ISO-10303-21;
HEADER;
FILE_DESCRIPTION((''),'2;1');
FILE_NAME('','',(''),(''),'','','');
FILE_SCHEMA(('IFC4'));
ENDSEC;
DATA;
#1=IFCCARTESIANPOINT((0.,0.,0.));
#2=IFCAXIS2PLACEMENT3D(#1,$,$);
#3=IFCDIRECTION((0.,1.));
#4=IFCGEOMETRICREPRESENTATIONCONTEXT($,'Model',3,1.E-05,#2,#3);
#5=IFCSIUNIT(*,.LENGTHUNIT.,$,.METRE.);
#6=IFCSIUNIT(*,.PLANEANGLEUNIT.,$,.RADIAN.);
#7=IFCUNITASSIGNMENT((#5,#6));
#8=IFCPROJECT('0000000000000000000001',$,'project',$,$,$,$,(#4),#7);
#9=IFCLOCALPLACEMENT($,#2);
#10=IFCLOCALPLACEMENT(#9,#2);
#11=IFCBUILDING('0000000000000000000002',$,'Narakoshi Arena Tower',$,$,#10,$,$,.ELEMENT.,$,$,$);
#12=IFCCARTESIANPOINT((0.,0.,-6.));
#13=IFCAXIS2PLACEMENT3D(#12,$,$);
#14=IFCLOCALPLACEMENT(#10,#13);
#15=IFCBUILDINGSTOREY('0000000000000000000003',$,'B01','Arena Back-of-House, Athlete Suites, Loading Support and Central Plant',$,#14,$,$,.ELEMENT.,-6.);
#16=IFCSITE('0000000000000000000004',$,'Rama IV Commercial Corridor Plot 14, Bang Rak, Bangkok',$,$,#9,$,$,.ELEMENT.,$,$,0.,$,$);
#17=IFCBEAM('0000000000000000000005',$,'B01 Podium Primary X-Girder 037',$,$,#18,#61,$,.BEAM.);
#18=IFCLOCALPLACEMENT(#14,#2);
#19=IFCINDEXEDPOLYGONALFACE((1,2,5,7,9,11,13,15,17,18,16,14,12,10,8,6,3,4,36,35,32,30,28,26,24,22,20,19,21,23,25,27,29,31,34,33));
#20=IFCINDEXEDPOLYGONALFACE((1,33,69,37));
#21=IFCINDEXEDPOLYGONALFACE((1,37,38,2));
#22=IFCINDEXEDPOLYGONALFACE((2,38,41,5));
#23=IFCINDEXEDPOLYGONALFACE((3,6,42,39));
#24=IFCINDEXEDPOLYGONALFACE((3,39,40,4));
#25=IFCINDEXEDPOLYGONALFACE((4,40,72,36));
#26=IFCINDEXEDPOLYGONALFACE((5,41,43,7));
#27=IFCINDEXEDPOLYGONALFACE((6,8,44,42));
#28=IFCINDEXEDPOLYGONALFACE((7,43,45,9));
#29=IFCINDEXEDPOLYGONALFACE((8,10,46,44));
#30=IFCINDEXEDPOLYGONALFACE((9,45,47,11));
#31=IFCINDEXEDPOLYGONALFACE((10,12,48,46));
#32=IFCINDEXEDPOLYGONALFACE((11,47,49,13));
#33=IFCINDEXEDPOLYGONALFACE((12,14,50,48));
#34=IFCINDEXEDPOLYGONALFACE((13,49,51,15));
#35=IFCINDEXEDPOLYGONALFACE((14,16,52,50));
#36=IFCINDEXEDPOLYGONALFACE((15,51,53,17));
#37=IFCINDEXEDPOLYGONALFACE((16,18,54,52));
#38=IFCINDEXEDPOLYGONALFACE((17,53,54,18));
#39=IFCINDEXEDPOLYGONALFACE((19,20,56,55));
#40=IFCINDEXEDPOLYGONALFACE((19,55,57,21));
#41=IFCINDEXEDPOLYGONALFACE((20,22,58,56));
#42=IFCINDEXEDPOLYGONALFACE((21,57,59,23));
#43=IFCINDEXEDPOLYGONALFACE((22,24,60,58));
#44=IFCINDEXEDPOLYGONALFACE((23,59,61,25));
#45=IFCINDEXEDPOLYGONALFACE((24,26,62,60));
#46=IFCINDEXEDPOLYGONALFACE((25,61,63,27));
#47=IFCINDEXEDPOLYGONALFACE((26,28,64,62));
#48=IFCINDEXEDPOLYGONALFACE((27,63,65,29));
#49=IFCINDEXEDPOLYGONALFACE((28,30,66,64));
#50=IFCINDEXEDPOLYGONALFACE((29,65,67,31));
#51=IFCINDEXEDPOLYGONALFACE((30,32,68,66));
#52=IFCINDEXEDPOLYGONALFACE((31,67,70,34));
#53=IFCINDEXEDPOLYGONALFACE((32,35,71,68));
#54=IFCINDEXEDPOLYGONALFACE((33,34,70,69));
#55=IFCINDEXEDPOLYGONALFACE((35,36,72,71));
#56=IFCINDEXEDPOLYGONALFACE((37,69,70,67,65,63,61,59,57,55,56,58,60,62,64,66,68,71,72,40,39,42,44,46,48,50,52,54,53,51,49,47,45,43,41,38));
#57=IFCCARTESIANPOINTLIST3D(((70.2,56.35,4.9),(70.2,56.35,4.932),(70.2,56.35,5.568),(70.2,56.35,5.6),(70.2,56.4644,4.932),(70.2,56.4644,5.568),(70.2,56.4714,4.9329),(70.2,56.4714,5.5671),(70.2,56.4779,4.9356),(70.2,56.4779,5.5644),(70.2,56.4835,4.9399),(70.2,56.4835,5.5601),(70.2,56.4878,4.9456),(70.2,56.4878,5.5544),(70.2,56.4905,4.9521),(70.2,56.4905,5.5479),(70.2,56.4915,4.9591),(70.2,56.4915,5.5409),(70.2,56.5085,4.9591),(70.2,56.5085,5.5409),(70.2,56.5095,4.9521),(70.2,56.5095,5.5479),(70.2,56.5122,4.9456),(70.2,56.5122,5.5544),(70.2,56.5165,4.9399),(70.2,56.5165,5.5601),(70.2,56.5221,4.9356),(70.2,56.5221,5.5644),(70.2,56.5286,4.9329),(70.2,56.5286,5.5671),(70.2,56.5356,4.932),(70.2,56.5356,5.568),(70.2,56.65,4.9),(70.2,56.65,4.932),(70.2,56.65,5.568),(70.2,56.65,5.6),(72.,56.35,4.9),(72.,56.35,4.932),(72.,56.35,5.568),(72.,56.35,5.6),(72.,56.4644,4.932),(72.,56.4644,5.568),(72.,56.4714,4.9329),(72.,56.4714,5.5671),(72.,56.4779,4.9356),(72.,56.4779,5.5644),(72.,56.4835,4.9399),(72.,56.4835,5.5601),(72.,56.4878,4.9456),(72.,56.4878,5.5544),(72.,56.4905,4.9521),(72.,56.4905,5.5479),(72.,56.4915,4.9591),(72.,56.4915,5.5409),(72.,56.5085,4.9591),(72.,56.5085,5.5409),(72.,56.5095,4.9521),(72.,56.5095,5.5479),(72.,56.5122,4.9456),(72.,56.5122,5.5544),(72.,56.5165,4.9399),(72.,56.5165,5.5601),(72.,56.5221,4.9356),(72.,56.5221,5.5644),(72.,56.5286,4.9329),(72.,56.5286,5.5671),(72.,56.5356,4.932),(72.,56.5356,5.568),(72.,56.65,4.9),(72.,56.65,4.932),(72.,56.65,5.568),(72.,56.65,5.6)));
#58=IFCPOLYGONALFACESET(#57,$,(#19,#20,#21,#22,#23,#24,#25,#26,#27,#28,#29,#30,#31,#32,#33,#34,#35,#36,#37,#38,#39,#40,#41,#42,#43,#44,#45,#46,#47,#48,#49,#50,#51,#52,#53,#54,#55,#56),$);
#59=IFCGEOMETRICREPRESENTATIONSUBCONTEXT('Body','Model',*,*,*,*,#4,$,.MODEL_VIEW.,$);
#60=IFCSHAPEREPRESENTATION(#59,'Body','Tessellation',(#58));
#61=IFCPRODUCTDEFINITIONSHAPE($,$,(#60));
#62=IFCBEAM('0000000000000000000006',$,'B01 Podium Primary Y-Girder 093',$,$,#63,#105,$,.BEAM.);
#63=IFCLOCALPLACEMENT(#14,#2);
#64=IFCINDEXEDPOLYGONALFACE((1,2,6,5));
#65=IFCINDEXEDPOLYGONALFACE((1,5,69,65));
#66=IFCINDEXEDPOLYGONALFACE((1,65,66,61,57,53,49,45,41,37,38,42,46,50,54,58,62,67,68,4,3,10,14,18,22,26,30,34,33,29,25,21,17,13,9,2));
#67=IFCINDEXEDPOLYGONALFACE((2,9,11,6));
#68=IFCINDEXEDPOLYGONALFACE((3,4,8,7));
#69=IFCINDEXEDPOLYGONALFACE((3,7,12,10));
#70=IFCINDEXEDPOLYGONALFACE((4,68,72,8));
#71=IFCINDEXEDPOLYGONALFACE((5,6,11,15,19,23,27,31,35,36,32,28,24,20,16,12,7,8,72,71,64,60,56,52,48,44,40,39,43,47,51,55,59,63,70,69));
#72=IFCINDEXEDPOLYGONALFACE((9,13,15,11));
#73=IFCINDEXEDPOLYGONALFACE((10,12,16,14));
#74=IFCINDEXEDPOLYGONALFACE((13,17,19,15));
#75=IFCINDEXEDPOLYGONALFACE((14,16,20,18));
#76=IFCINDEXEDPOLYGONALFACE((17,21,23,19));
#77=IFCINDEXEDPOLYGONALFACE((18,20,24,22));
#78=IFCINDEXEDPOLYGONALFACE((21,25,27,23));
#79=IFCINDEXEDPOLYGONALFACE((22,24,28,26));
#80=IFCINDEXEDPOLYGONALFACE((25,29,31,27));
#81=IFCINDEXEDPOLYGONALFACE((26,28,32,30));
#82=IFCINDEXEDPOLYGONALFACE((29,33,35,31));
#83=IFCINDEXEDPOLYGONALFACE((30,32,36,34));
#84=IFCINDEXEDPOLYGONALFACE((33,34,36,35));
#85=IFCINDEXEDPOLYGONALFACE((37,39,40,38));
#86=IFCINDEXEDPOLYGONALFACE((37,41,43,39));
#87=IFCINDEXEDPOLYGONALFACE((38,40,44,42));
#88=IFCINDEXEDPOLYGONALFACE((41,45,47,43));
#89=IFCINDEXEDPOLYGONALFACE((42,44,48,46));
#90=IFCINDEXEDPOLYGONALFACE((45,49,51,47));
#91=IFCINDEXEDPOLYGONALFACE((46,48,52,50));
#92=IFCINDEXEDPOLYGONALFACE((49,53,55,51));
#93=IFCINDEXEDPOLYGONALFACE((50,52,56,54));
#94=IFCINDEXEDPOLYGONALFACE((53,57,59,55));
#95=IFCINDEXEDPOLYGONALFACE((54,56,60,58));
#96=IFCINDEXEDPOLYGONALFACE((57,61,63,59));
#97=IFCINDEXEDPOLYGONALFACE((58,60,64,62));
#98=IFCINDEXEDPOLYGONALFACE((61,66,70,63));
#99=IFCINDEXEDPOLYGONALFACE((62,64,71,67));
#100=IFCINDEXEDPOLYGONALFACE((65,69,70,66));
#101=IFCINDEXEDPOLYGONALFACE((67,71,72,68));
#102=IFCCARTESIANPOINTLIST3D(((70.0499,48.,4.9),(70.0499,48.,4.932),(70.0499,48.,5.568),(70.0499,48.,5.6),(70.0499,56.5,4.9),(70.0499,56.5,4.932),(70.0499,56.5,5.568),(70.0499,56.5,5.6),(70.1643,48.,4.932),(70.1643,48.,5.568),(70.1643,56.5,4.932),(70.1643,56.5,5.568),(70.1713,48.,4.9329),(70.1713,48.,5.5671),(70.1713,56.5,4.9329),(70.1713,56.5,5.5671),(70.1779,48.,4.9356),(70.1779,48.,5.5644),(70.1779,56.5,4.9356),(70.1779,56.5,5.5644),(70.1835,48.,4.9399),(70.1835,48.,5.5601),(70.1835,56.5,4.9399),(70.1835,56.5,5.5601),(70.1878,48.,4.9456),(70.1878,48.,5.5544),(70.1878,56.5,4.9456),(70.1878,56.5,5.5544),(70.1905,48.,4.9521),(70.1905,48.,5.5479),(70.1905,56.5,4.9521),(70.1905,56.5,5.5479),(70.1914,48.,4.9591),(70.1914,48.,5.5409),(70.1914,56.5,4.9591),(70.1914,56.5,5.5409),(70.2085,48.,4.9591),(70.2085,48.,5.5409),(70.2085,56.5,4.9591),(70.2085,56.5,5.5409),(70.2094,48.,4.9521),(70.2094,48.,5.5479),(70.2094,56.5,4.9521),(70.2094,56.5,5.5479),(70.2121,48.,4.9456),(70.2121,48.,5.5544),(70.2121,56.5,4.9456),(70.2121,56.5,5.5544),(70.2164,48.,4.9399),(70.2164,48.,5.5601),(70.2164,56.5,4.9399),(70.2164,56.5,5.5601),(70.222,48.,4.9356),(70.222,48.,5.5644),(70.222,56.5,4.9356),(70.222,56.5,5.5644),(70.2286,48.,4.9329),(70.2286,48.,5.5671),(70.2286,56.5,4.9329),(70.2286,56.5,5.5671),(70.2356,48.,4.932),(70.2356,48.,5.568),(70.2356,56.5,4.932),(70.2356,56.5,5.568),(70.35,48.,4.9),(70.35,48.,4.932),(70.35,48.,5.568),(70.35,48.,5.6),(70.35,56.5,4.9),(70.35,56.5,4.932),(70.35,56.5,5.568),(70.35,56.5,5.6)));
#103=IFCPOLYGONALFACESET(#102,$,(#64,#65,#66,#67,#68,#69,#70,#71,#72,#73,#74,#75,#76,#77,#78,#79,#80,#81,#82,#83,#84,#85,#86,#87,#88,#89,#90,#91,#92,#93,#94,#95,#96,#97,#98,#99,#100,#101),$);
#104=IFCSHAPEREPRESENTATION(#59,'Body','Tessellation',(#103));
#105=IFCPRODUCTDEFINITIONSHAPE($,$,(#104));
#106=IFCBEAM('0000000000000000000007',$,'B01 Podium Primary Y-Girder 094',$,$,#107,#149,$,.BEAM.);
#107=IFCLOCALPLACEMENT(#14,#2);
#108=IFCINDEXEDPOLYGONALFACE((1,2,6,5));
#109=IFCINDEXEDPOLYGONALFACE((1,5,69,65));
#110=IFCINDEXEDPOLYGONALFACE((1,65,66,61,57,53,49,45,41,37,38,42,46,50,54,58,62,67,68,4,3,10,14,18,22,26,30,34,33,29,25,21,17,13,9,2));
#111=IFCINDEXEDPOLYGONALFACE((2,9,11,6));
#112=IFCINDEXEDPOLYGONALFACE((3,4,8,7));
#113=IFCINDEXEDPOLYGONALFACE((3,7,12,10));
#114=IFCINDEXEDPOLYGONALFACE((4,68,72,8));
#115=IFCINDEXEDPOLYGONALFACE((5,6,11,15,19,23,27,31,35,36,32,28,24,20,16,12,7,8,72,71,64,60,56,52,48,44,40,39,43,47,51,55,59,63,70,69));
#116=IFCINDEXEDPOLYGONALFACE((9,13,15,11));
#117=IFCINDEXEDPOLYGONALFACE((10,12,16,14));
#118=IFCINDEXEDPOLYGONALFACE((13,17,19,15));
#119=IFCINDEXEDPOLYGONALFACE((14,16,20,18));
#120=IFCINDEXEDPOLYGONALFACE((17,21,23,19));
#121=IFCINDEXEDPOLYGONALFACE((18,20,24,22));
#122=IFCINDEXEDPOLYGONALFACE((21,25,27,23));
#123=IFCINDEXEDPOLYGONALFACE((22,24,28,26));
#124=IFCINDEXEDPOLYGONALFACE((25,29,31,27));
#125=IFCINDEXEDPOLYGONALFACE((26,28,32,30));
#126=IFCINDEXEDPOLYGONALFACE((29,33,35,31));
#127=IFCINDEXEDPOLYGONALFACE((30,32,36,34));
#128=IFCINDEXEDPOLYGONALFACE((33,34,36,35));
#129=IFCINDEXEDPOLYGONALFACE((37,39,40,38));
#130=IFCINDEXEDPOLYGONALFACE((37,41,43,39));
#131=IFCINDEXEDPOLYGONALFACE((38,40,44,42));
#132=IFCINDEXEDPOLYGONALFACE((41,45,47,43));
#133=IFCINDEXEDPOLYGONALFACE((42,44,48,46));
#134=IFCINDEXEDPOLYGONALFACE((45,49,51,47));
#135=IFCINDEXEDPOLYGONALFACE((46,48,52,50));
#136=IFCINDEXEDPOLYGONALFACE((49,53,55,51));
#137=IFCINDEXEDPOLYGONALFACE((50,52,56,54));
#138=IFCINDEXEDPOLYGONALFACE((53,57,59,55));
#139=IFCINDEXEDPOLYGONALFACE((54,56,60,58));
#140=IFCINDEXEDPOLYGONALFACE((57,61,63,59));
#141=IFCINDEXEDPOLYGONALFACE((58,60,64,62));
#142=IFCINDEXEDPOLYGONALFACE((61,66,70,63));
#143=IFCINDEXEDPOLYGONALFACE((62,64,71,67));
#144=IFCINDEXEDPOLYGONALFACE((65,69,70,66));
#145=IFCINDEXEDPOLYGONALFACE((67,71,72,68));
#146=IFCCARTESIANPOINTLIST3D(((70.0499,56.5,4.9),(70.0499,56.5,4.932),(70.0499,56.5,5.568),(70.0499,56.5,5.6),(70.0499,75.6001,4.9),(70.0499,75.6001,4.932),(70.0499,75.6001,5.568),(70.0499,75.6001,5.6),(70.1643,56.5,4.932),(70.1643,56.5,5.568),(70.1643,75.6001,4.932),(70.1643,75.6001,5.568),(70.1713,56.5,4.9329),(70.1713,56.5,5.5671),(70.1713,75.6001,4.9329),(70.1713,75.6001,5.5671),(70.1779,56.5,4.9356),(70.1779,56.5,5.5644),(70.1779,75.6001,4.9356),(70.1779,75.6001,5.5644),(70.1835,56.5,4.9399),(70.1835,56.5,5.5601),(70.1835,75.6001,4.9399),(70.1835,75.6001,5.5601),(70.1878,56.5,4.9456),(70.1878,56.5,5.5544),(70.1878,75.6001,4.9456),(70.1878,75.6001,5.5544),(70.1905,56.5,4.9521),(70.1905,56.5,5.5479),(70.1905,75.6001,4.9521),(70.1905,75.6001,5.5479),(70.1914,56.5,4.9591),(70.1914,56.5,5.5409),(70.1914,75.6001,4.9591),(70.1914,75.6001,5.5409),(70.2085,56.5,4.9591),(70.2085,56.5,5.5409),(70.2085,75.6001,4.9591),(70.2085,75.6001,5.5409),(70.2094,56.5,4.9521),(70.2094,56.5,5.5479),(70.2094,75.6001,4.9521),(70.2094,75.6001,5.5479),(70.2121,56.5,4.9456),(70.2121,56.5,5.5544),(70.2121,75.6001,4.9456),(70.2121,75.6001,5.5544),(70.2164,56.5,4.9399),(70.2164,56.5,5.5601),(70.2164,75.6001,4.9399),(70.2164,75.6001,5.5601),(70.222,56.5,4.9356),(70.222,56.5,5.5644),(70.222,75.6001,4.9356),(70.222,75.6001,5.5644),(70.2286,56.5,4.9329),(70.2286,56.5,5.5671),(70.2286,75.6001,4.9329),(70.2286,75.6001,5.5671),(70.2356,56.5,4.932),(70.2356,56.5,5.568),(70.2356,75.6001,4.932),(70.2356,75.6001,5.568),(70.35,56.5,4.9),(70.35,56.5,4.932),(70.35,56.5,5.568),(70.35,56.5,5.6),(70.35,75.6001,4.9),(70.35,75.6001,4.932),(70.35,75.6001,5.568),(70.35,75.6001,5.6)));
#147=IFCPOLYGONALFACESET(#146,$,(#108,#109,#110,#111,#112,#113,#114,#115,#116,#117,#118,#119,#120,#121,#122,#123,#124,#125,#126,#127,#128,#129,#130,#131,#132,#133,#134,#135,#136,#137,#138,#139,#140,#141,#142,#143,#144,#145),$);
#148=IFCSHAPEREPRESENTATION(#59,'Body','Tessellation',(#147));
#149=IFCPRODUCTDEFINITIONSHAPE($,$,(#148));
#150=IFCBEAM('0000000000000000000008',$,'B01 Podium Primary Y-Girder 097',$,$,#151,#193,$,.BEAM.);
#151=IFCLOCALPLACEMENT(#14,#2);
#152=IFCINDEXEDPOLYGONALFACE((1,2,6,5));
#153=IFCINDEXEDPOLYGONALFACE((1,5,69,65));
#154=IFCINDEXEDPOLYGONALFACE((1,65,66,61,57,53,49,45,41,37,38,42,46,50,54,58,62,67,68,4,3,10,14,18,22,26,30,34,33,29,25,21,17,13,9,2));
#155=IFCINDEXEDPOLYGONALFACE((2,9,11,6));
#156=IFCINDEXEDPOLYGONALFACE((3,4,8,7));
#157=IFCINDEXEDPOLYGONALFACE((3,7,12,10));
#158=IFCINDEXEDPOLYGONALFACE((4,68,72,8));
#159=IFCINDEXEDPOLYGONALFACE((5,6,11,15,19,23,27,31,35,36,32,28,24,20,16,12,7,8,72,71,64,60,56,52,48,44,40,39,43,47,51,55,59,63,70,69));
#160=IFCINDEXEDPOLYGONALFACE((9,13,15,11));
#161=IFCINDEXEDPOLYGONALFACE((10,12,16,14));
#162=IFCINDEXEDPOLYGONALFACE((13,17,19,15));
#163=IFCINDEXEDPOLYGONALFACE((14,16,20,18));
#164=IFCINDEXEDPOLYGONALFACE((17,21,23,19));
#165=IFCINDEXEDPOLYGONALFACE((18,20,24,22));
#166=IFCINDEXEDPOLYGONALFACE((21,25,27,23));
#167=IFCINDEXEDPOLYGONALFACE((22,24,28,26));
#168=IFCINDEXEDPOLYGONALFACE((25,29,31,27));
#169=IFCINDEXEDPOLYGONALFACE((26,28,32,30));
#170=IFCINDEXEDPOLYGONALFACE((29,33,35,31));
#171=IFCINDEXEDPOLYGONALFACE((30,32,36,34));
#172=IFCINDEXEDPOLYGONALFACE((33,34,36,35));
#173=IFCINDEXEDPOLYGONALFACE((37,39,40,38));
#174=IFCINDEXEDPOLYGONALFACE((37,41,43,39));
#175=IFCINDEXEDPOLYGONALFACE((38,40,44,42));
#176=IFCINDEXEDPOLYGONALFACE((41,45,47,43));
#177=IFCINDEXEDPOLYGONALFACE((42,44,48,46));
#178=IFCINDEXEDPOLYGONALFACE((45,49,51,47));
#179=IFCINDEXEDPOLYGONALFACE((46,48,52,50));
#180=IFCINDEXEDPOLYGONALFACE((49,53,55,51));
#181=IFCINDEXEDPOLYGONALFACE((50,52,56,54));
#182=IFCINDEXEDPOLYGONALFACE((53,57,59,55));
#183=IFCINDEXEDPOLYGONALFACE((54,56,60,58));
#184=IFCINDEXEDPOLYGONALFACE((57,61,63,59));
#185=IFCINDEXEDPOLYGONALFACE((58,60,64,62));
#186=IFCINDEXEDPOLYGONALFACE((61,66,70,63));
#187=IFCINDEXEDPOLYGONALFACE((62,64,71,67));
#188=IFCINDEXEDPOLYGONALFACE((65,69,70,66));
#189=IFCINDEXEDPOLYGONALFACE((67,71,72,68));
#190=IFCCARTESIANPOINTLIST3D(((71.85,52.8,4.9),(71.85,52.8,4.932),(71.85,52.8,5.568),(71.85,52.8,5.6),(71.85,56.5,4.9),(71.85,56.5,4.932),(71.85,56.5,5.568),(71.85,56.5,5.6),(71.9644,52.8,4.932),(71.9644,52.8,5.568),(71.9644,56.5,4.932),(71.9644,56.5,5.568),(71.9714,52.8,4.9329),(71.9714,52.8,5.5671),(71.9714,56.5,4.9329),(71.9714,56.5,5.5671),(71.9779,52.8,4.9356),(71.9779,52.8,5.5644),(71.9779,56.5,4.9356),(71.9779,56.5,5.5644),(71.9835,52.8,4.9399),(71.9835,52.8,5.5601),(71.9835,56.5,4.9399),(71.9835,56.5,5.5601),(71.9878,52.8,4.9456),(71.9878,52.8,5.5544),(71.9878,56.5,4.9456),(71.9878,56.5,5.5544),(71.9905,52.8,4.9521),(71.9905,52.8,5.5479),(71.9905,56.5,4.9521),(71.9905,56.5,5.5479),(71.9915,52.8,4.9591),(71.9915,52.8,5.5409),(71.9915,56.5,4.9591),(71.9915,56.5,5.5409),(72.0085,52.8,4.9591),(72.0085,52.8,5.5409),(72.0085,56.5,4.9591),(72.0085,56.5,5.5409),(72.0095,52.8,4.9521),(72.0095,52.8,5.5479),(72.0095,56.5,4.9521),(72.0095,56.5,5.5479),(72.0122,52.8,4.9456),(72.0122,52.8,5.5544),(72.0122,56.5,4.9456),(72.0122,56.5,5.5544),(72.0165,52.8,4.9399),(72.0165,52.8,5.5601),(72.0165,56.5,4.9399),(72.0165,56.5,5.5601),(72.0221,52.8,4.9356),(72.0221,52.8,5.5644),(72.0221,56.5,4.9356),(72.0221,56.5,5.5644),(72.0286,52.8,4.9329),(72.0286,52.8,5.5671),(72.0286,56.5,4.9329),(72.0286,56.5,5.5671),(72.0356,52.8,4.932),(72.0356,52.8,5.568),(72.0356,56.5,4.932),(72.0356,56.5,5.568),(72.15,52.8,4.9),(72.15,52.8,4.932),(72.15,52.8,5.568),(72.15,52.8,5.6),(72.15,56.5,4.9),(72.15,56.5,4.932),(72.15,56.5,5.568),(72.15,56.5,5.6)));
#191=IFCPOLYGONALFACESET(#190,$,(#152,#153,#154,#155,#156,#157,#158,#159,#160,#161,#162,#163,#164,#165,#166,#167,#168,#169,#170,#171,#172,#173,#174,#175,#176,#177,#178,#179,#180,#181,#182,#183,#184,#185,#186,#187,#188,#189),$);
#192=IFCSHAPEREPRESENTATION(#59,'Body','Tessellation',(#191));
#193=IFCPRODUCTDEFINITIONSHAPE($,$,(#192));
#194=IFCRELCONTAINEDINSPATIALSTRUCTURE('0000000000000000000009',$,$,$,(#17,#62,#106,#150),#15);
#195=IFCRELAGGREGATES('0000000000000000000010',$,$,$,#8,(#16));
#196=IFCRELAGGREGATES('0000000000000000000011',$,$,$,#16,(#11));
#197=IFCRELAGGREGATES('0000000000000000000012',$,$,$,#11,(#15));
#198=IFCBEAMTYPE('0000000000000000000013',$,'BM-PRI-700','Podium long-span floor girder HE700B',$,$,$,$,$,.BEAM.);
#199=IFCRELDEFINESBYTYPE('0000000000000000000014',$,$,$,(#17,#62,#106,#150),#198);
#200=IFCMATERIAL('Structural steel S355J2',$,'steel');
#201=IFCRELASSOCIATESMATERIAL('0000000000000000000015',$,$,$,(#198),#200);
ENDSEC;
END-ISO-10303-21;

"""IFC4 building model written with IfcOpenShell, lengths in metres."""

from ifc_helpers import new_model, si_unit, direction, frame, origin, origin_2d, place, context, subcontext, project, spatial, i_section, extrude, material, material_profile, profile_set, type_object, element, save


model = new_model("IFC4")

# Units and contexts
model_context = context("Model", 3, precision=1e-05, world=origin(), true_north=direction((0.0, 1.0)))
body_context = subcontext(model_context, "Body", "Model", "MODEL_VIEW")
ifc_project = project(units=[si_unit("LENGTHUNIT", "METRE"), si_unit("PLANEANGLEUNIT", "RADIAN")], contexts=[model_context])

# Site, building, storey
site_placement = place(None, origin())
site = spatial("IfcSite", under=ifc_project, at=site_placement, Name="Rama IV Commercial Corridor Plot 14, Bang Rak, Bangkok", CompositionType="ELEMENT", RefElevation=0.0)
building_placement = place(site_placement, origin())
building = spatial("IfcBuilding", under=site, at=building_placement, Name="Narakoshi Arena Tower", CompositionType="ELEMENT")
storey_placement = place(building_placement, frame((0.0, 0.0, -6.0)))
storey = spatial("IfcBuildingStorey", under=building, at=storey_placement, Name="B01", Description="Arena Back-of-House, Athlete Suites, Loading Support and Central Plant", CompositionType="ELEMENT", Elevation=-6.0)

# Beams
ifc_material_1 = material(Name="Structural steel S355J2", Category="steel")
ifc_material_profile_1 = material_profile(ifc_material_1, i_section(OverallWidth=0.3, OverallDepth=0.7, WebThickness=0.0171, FlangeThickness=0.032, FilletRadius=0.0271, at=origin_2d()), Name="HE700B")
ifc_profile_set_1 = profile_set([ifc_material_profile_1], Name="Structural steel S355J2")
beam_type = type_object("IfcBeamType", Name="BM-PRI-700", Description="Podium long-span floor girder HE700B", PredefinedType="BEAM", material=ifc_profile_set_1)
beam_1_placement = place(storey_placement, frame((70.2, 56.5, 5.25), z_axis=(1.0, 0.0, 0.0), x_axis=(0.0, 1.0, 0.0)))
element("IfcBeam", 1, at=beam_1_placement, inside=storey, type_object=beam_type, Name="B01 Podium Primary X-Girder 037", PredefinedType="BEAM", context=body_context, shape_type="SweptSolid", body=[
    extrude(i_section(OverallWidth=0.3, OverallDepth=0.7, WebThickness=0.0171, FlangeThickness=0.032, FilletRadius=0.0271, at=origin_2d()), origin(), (0.0, 0.0, 1.0), 1.8),
])
beam_2_placement = place(storey_placement, frame((70.2, 48.0, 5.25), z_axis=(0.0, 1.0, 0.0), x_axis=(-1.0, 0.0, 0.0)))
element("IfcBeam", 2, at=beam_2_placement, inside=storey, type_object=beam_type, Name="B01 Podium Primary Y-Girder 093", PredefinedType="BEAM", context=body_context, shape_type="SweptSolid", body=[
    extrude(i_section(OverallWidth=0.3, OverallDepth=0.7, WebThickness=0.0171, FlangeThickness=0.032, FilletRadius=0.0271, at=origin_2d()), origin(), (0.0, 0.0, 1.0), 8.5),
])
beam_3_placement = place(storey_placement, frame((70.2, 56.5, 5.25), z_axis=(0.0, 1.0, 0.0), x_axis=(-1.0, 0.0, 0.0)))
element("IfcBeam", 3, at=beam_3_placement, inside=storey, type_object=beam_type, Name="B01 Podium Primary Y-Girder 094", PredefinedType="BEAM", context=body_context, shape_type="SweptSolid", body=[
    extrude(i_section(OverallWidth=0.3, OverallDepth=0.7, WebThickness=0.0171, FlangeThickness=0.032, FilletRadius=0.0271, at=origin_2d()), origin(), (0.0, 0.0, 1.0), 19.1001),
])
beam_4_placement = place(storey_placement, frame((72.0, 52.8, 5.25), z_axis=(0.0, 1.0, 0.0), x_axis=(-1.0, 0.0, 0.0)))
element("IfcBeam", 4, at=beam_4_placement, inside=storey, type_object=beam_type, Name="B01 Podium Primary Y-Girder 097", PredefinedType="BEAM", context=body_context, shape_type="SweptSolid", body=[
    extrude(i_section(OverallWidth=0.3, OverallDepth=0.7, WebThickness=0.0171, FlangeThickness=0.032, FilletRadius=0.0271, at=origin_2d()), origin(), (0.0, 0.0, 1.0), 3.7),
])

save(model, "model.ifc")
